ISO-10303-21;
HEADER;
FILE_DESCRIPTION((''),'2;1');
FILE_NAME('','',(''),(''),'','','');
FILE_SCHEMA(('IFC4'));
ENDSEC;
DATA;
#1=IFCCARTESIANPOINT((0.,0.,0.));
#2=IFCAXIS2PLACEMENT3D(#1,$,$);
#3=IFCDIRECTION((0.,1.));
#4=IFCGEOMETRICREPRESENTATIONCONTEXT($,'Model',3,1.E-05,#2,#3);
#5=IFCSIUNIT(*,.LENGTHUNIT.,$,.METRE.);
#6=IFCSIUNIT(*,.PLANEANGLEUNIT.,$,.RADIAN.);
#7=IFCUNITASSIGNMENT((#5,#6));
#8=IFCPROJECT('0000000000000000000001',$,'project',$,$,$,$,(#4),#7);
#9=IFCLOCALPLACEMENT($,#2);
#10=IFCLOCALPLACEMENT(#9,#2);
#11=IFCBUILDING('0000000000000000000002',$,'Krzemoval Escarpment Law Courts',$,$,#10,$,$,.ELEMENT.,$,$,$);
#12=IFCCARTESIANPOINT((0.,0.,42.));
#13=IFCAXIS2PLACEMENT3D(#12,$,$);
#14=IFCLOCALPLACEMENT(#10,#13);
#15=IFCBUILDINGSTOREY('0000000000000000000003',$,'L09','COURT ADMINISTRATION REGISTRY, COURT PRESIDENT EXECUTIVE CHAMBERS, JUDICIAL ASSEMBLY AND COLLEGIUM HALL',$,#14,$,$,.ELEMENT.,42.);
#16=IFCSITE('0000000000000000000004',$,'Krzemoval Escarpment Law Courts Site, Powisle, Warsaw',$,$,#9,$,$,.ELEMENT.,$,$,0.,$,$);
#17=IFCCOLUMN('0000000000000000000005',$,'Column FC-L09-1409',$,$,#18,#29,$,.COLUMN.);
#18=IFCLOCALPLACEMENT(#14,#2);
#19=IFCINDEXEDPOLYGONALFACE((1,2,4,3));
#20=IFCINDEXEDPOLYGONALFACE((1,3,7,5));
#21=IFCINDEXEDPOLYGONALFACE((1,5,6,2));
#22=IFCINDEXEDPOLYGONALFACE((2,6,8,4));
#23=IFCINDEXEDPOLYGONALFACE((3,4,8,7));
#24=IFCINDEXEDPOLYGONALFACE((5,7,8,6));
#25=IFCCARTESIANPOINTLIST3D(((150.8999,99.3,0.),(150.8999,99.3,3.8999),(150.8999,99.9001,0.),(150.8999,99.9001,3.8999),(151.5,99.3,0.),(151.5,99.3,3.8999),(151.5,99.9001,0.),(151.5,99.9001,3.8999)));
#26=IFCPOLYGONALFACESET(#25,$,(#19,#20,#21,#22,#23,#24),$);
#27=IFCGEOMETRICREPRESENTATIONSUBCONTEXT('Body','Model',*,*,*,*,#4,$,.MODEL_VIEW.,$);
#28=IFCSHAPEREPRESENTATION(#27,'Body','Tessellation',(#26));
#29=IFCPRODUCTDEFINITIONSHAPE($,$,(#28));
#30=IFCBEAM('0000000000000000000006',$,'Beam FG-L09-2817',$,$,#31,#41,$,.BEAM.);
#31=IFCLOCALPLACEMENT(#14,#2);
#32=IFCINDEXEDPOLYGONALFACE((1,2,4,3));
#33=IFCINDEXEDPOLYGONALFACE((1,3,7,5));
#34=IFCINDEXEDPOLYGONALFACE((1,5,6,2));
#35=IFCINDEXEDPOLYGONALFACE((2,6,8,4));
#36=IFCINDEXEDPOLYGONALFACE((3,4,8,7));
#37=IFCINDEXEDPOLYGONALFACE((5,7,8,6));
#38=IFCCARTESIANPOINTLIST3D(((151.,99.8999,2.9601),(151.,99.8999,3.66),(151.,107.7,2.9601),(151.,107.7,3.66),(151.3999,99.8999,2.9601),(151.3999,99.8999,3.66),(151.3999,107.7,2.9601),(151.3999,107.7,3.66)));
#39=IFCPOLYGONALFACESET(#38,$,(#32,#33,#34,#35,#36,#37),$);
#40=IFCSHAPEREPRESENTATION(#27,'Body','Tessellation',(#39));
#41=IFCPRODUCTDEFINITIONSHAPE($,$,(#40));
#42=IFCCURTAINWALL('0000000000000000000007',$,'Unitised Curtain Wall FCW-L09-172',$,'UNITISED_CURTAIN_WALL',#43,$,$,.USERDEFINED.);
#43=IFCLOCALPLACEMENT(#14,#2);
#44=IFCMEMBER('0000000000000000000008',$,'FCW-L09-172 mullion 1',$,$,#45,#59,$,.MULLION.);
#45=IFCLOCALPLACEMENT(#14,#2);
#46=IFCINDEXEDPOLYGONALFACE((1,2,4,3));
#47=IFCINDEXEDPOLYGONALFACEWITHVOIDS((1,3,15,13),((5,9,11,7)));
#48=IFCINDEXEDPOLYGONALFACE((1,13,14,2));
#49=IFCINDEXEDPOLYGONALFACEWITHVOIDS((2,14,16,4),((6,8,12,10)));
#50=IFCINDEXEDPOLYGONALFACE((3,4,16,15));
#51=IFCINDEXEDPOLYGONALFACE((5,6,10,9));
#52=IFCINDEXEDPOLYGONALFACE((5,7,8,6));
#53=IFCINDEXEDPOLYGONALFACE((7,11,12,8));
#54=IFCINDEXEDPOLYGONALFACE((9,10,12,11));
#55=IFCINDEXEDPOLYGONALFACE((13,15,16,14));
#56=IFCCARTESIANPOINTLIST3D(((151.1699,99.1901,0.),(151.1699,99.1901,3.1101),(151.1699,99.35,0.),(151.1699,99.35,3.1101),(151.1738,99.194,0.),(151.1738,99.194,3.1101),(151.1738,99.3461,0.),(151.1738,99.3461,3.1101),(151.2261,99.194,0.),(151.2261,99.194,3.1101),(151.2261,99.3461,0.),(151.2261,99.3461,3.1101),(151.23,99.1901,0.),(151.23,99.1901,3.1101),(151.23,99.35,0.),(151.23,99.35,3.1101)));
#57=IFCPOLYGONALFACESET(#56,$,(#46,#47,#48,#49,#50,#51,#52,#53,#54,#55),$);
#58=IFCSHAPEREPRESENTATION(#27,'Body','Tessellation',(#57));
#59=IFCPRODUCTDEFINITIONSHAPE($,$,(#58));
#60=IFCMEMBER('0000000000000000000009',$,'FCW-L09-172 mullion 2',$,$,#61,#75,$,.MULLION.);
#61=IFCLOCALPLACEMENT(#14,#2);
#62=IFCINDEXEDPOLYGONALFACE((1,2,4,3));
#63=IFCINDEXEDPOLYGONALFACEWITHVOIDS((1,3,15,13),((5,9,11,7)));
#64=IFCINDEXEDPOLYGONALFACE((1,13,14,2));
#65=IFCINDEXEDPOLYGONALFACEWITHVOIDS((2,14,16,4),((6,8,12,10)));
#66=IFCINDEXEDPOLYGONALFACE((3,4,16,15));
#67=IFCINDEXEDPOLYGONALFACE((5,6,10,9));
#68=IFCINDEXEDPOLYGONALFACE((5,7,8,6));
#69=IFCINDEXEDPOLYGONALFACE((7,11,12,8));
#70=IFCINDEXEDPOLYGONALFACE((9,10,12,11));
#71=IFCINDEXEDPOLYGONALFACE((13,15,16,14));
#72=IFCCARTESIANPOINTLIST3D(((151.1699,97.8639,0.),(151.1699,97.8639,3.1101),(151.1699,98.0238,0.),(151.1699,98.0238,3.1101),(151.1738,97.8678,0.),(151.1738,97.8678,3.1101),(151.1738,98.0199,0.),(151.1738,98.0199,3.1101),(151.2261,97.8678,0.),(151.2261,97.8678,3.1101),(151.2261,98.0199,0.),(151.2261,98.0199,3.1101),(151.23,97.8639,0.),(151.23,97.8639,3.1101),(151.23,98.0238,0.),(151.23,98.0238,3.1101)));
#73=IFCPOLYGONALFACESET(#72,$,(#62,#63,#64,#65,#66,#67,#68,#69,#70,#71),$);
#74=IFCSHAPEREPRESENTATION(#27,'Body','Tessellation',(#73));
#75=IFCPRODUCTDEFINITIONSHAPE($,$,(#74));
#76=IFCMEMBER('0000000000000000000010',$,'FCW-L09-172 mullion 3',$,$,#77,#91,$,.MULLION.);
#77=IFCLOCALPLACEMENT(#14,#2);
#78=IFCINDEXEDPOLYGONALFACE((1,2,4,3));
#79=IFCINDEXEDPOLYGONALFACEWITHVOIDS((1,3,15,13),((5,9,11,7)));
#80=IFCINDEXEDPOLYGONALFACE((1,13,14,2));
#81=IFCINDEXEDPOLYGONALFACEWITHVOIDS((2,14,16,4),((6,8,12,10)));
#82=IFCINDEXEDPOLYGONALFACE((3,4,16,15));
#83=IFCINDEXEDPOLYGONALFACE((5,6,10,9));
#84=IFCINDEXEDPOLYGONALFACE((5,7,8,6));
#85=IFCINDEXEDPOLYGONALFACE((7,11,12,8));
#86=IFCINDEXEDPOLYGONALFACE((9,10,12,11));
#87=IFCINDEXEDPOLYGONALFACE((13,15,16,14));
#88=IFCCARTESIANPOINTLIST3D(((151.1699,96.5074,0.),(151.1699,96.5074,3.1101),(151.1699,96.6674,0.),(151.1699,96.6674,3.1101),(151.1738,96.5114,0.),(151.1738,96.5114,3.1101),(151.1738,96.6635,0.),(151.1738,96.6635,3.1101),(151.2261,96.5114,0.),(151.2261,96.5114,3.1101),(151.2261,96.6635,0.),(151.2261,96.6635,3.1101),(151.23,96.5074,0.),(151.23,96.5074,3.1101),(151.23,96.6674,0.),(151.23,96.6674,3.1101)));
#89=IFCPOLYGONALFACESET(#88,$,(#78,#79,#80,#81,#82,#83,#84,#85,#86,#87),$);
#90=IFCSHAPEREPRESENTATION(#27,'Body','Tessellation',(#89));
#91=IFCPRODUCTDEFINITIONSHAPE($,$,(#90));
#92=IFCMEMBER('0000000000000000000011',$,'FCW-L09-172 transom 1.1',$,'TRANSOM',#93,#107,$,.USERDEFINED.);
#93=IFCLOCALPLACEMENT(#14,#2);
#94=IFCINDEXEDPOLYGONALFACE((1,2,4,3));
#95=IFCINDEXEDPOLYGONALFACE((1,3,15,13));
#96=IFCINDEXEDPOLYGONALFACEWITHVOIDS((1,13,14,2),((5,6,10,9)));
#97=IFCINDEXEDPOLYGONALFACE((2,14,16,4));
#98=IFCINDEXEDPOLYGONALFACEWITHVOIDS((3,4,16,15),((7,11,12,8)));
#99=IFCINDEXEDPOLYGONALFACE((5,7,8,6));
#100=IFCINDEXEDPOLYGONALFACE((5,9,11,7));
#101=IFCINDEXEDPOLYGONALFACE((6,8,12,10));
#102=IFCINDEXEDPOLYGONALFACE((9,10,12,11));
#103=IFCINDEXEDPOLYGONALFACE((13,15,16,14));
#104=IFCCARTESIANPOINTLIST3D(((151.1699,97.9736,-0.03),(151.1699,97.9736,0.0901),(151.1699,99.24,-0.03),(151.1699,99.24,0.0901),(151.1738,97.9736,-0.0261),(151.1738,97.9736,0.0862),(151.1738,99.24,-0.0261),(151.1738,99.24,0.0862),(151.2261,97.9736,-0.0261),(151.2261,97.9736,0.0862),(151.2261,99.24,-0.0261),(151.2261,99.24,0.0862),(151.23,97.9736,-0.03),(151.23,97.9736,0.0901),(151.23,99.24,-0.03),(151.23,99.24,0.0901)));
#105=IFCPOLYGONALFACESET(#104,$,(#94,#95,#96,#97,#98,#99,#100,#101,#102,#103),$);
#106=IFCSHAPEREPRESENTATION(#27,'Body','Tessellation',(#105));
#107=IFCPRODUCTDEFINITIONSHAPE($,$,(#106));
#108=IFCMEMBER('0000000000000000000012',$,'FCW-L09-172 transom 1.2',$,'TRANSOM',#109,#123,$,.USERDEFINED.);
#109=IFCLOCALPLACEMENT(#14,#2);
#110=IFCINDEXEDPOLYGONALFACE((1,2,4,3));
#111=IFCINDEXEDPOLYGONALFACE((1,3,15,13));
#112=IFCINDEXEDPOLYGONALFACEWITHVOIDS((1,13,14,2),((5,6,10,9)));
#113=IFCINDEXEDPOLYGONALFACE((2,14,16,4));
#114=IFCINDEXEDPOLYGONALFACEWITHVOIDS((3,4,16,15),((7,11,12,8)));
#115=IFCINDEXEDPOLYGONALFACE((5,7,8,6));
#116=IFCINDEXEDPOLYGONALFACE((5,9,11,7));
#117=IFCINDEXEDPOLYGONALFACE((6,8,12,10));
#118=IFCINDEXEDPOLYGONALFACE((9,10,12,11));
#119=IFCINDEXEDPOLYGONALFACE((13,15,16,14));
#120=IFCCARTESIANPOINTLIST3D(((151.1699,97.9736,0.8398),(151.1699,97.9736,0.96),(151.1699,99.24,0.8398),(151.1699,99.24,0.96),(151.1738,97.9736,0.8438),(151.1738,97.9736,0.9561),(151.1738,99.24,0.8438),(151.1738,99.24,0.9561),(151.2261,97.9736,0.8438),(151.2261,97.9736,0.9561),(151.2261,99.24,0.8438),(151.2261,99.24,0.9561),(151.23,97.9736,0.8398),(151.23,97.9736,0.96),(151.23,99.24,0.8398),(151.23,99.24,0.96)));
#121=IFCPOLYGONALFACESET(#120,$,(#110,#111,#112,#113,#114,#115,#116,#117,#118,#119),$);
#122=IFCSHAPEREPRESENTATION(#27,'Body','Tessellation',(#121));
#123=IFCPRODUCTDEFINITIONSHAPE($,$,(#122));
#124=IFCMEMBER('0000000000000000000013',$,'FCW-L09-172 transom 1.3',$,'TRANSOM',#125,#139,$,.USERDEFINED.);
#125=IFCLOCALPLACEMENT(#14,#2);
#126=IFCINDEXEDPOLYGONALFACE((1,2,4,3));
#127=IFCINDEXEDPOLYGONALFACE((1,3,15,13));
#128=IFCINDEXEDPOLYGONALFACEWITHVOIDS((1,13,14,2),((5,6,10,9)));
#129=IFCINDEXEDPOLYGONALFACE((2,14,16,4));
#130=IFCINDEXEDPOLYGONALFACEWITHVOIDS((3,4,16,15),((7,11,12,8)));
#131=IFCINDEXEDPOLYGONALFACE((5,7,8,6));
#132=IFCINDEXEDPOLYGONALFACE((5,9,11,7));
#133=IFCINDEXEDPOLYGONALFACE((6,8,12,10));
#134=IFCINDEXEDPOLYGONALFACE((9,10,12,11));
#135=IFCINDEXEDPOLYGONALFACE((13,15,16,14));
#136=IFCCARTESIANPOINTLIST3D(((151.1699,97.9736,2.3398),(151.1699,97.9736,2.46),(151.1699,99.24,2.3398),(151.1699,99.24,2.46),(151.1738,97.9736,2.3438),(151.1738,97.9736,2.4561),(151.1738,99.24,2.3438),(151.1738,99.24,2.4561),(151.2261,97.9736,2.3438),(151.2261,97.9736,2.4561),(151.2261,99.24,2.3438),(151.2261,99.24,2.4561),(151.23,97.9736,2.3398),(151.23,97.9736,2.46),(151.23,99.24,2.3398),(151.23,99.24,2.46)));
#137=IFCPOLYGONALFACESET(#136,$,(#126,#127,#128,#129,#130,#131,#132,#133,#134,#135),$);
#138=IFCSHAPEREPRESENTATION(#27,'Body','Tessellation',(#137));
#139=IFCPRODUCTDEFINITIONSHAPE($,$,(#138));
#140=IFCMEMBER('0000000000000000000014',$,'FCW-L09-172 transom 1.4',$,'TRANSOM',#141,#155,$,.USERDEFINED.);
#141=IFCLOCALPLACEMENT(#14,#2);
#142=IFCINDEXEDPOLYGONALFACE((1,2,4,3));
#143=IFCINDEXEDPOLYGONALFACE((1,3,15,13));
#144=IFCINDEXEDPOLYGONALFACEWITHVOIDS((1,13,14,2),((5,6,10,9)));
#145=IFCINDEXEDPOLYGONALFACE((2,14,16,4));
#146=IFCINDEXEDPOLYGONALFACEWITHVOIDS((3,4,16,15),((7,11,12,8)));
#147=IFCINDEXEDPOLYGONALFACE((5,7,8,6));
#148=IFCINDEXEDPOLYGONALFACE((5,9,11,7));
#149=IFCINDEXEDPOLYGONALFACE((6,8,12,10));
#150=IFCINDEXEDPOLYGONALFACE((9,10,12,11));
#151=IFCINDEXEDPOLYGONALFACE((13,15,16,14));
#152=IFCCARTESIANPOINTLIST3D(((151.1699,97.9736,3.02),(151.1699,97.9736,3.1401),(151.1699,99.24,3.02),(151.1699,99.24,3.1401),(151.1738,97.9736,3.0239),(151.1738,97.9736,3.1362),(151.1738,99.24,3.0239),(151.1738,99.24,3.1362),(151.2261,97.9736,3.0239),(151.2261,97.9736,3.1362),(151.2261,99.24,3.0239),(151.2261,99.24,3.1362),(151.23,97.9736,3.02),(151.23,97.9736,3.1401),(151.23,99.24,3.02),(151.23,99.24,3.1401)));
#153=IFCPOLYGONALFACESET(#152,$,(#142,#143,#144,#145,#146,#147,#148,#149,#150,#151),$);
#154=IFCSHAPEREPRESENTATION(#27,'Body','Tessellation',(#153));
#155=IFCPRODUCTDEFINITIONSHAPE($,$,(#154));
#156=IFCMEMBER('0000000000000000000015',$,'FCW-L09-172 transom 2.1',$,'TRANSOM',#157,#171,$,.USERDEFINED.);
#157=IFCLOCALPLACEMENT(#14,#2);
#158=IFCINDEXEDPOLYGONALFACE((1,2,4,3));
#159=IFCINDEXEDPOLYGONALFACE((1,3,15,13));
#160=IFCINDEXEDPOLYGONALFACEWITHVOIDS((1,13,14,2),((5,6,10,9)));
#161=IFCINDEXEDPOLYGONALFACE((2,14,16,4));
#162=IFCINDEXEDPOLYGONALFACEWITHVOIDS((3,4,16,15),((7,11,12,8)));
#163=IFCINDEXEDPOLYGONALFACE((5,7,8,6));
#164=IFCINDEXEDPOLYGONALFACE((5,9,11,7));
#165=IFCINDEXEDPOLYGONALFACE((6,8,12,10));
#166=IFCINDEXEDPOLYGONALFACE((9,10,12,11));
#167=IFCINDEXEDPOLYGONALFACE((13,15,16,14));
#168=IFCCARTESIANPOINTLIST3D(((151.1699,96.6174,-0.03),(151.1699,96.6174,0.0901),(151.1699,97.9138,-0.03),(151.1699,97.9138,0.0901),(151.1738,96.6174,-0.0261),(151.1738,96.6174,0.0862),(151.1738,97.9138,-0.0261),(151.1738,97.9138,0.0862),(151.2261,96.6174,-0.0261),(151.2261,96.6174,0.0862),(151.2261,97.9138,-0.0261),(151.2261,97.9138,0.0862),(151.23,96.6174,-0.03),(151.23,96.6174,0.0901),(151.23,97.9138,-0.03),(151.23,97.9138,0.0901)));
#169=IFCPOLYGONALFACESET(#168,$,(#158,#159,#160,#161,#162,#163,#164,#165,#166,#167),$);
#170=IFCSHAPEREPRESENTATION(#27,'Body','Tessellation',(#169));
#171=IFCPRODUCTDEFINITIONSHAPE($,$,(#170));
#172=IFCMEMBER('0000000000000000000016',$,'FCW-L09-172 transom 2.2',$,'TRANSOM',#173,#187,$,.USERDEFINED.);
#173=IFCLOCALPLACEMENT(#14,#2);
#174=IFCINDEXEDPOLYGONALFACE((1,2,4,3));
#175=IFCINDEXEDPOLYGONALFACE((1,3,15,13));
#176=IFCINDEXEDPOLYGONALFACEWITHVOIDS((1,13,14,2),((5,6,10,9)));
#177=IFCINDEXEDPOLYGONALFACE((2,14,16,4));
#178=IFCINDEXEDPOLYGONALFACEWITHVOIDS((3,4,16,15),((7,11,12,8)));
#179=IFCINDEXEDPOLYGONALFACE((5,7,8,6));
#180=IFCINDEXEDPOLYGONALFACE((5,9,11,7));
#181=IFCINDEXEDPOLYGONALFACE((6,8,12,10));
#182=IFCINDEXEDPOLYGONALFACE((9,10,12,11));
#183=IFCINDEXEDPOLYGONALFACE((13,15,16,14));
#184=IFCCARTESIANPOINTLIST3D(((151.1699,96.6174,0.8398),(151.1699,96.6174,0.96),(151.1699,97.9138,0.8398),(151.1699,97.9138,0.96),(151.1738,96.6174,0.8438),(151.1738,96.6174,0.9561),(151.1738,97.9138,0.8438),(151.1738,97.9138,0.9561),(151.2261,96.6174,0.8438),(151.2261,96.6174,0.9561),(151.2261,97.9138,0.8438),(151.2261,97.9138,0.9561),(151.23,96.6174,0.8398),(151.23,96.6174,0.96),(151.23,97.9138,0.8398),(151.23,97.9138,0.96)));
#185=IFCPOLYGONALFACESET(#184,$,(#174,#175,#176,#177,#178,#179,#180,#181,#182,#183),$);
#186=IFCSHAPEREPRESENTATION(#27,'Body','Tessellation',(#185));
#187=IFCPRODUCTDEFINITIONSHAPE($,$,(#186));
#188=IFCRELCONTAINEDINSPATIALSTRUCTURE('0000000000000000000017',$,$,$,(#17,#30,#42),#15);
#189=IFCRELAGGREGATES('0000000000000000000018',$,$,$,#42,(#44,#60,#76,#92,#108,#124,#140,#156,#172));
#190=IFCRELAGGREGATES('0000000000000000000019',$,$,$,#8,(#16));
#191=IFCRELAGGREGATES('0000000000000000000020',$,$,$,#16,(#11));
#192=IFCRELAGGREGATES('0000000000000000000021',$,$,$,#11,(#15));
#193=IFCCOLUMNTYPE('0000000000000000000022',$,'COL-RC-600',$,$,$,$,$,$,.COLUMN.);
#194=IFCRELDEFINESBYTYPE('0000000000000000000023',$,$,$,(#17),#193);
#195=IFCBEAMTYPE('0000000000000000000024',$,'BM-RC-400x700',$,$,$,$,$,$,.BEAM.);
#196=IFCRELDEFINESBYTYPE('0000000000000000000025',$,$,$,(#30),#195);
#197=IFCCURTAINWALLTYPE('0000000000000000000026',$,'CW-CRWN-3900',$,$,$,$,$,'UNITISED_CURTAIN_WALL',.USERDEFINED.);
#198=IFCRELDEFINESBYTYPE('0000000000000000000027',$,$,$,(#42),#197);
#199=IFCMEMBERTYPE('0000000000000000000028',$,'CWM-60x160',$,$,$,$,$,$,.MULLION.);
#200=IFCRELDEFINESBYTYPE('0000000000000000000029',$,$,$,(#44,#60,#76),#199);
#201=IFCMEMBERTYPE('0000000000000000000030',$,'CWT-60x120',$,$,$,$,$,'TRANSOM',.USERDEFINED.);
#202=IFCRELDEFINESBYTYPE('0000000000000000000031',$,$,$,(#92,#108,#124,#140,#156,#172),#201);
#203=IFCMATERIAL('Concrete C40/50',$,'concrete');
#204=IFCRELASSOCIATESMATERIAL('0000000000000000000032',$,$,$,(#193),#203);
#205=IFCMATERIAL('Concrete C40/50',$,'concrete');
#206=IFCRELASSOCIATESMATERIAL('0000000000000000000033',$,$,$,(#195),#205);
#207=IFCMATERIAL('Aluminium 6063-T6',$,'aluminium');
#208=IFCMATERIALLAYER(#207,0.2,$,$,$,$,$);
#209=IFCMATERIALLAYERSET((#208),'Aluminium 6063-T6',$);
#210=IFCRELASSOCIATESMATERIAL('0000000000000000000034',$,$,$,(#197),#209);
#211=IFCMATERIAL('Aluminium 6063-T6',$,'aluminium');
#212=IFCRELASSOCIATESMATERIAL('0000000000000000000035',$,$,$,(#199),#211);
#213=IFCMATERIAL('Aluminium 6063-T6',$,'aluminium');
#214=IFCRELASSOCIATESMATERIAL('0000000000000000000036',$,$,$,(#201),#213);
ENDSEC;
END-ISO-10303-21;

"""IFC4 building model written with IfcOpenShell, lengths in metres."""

from ifc_helpers import new_model, si_unit, direction, frame, origin, origin_2d, place, context, subcontext, project, spatial, rectangle, hollow_rectangle, extrude, material, layer, layer_set, material_profile, profile_set, type_object, element, aggregate, save


model = new_model("IFC4")

# Units and contexts
model_context = context("Model", 3, precision=1e-05, world=origin(), true_north=direction((0.0, 1.0)))
body_context = subcontext(model_context, "Body", "Model", "MODEL_VIEW")
ifc_project = project(units=[si_unit("LENGTHUNIT", "METRE"), si_unit("PLANEANGLEUNIT", "RADIAN")], contexts=[model_context])

# Site, building, storey
site_placement = place(None, origin())
site = spatial("IfcSite", under=ifc_project, at=site_placement, Name="Krzemoval Escarpment Law Courts Site, Powisle, Warsaw", CompositionType="ELEMENT", RefElevation=0.0)
building_placement = place(site_placement, origin())
building = spatial("IfcBuilding", under=site, at=building_placement, Name="Krzemoval Escarpment Law Courts", CompositionType="ELEMENT")
storey_placement = place(building_placement, frame((0.0, 0.0, 42.0)))
storey = spatial("IfcBuildingStorey", under=building, at=storey_placement, Name="L09", Description="COURT ADMINISTRATION REGISTRY, COURT PRESIDENT EXECUTIVE CHAMBERS, JUDICIAL ASSEMBLY AND COLLEGIUM HALL", CompositionType="ELEMENT", Elevation=42.0)

# Column
ifc_material_1 = material(Name="Concrete C40/50", Category="concrete")
ifc_material_profile_1 = material_profile(ifc_material_1, rectangle(XDim=0.6001, YDim=0.6001, at=origin_2d()), Name="RC 600x600")
ifc_profile_set_1 = profile_set([ifc_material_profile_1], Name="Concrete C40/50")
column_type = type_object("IfcColumnType", Name="COL-RC-600", PredefinedType="COLUMN", material=ifc_profile_set_1)
column_placement = place(storey_placement, frame((151.2, 99.6001, 0.0), z_axis=(0.0, 0.0, 1.0), x_axis=(1.0, 0.0, 0.0)))
element("IfcColumn", 1, at=column_placement, inside=storey, type_object=column_type, Name="Column FC-L09-1409", PredefinedType="COLUMN", context=body_context, shape_type="SweptSolid", body=[
    extrude(rectangle(XDim=0.6001, YDim=0.6001, at=origin_2d()), origin(), (0.0, 0.0, 1.0), 3.8999),
])

# Beam
ifc_material_2 = material(Name="Concrete C40/50", Category="concrete")
ifc_material_profile_2 = material_profile(ifc_material_2, rectangle(XDim=0.3999, YDim=0.7, at=origin_2d()), Name="RCB 400x700")
ifc_profile_set_2 = profile_set([ifc_material_profile_2], Name="Concrete C40/50")
beam_type = type_object("IfcBeamType", Name="BM-RC-400x700", PredefinedType="BEAM", material=ifc_profile_set_2)
beam_placement = place(storey_placement, frame((151.2, 99.8999, 3.3101), z_axis=(0.0, 1.0, 0.0), x_axis=(-1.0, 0.0, 0.0)))
element("IfcBeam", 2, at=beam_placement, inside=storey, type_object=beam_type, Name="Beam FG-L09-2817", PredefinedType="BEAM", context=body_context, shape_type="SweptSolid", body=[
    extrude(rectangle(XDim=0.3999, YDim=0.7, at=origin_2d()), origin(), (0.0, 0.0, 1.0), 7.8),
])

# Curtain wall, members
ifc_material_3 = material(Name="Aluminium 6063-T6", Category="aluminium")
ifc_layer_1 = layer(ifc_material_3, 0.2)
ifc_layer_set_1 = layer_set([ifc_layer_1], Name="Aluminium 6063-T6")
curtain_wall_type = type_object("IfcCurtainWallType", Name="CW-CRWN-3900", ElementType="UNITISED_CURTAIN_WALL", PredefinedType="USERDEFINED", material=ifc_layer_set_1)
curtain_wall_placement = place(storey_placement, origin())
curtain_wall = element("IfcCurtainWall", 3, at=curtain_wall_placement, inside=storey, type_object=curtain_wall_type, Name="Unitised Curtain Wall FCW-L09-172", ObjectType="UNITISED_CURTAIN_WALL", PredefinedType="USERDEFINED")
ifc_material_4 = material(Name="Aluminium 6063-T6", Category="aluminium")
ifc_material_profile_3 = material_profile(ifc_material_4, hollow_rectangle(XDim=0.0601, YDim=0.1599, WallThickness=0.0039, at=origin_2d()), Name="ALU M60x160")
ifc_profile_set_3 = profile_set([ifc_material_profile_3], Name="Aluminium 6063-T6")
member_type_1 = type_object("IfcMemberType", Name="CWM-60x160", PredefinedType="MULLION", material=ifc_profile_set_3)
member_1_placement = place(storey_placement, frame((151.2, 99.27, 0.0), z_axis=(0.0, 0.0, 1.0), x_axis=(1.0, 0.0, 0.0)))
member_1 = element("IfcMember", 4, at=member_1_placement, type_object=member_type_1, Name="FCW-L09-172 mullion 1", PredefinedType="MULLION", context=body_context, shape_type="SweptSolid", body=[
    extrude(hollow_rectangle(XDim=0.0601, YDim=0.1599, WallThickness=0.0039, at=origin_2d()), origin(), (0.0, 0.0, 1.0), 3.1101),
])
member_2_placement = place(storey_placement, frame((151.2, 97.9438, 0.0), z_axis=(0.0, 0.0, 1.0), x_axis=(1.0, 0.0, 0.0)))
member_2 = element("IfcMember", 5, at=member_2_placement, type_object=member_type_1, Name="FCW-L09-172 mullion 2", PredefinedType="MULLION", context=body_context, shape_type="SweptSolid", body=[
    extrude(hollow_rectangle(XDim=0.0601, YDim=0.1599, WallThickness=0.0039, at=origin_2d()), origin(), (0.0, 0.0, 1.0), 3.1101),
])
member_3_placement = place(storey_placement, frame((151.2, 96.5874, 0.0), z_axis=(0.0, 0.0, 1.0), x_axis=(1.0, 0.0, 0.0)))
member_3 = element("IfcMember", 6, at=member_3_placement, type_object=member_type_1, Name="FCW-L09-172 mullion 3", PredefinedType="MULLION", context=body_context, shape_type="SweptSolid", body=[
    extrude(hollow_rectangle(XDim=0.0601, YDim=0.1599, WallThickness=0.0039, at=origin_2d()), origin(), (0.0, 0.0, 1.0), 3.1101),
])
ifc_material_5 = material(Name="Aluminium 6063-T6", Category="aluminium")
ifc_material_profile_4 = material_profile(ifc_material_5, hollow_rectangle(XDim=0.0601, YDim=0.1201, WallThickness=0.0039, at=origin_2d()), Name="ALU T60x120")
ifc_profile_set_4 = profile_set([ifc_material_profile_4], Name="Aluminium 6063-T6")
member_type_2 = type_object("IfcMemberType", Name="CWT-60x120", ElementType="TRANSOM", PredefinedType="USERDEFINED", material=ifc_profile_set_4)
member_4_placement = place(storey_placement, frame((151.2, 99.24, 0.03), z_axis=(0.0, -1.0, 0.0), x_axis=(1.0, 0.0, 0.0)))
member_4 = element("IfcMember", 7, at=member_4_placement, type_object=member_type_2, Name="FCW-L09-172 transom 1.1", ObjectType="TRANSOM", PredefinedType="USERDEFINED", context=body_context, shape_type="SweptSolid", body=[
    extrude(hollow_rectangle(XDim=0.0601, YDim=0.1201, WallThickness=0.0039, at=origin_2d()), origin(), (0.0, 0.0, 1.0), 1.2664),
])
member_5_placement = place(storey_placement, frame((151.2, 99.24, 0.8999), z_axis=(0.0, -1.0, 0.0), x_axis=(1.0, 0.0, 0.0)))
member_5 = element("IfcMember", 8, at=member_5_placement, type_object=member_type_2, Name="FCW-L09-172 transom 1.2", ObjectType="TRANSOM", PredefinedType="USERDEFINED", context=body_context, shape_type="SweptSolid", body=[
    extrude(hollow_rectangle(XDim=0.0601, YDim=0.1201, WallThickness=0.0039, at=origin_2d()), origin(), (0.0, 0.0, 1.0), 1.2664),
])
member_6_placement = place(storey_placement, frame((151.2, 99.24, 2.3999), z_axis=(0.0, -1.0, 0.0), x_axis=(1.0, 0.0, 0.0)))
member_6 = element("IfcMember", 9, at=member_6_placement, type_object=member_type_2, Name="FCW-L09-172 transom 1.3", ObjectType="TRANSOM", PredefinedType="USERDEFINED", context=body_context, shape_type="SweptSolid", body=[
    extrude(hollow_rectangle(XDim=0.0601, YDim=0.1201, WallThickness=0.0039, at=origin_2d()), origin(), (0.0, 0.0, 1.0), 1.2664),
])
member_7_placement = place(storey_placement, frame((151.2, 99.24, 3.0801), z_axis=(0.0, -1.0, 0.0), x_axis=(1.0, 0.0, 0.0)))
member_7 = element("IfcMember", 10, at=member_7_placement, type_object=member_type_2, Name="FCW-L09-172 transom 1.4", ObjectType="TRANSOM", PredefinedType="USERDEFINED", context=body_context, shape_type="SweptSolid", body=[
    extrude(hollow_rectangle(XDim=0.0601, YDim=0.1201, WallThickness=0.0039, at=origin_2d()), origin(), (0.0, 0.0, 1.0), 1.2664),
])
member_8_placement = place(storey_placement, frame((151.2, 97.9138, 0.03), z_axis=(0.0, -1.0, 0.0), x_axis=(1.0, 0.0, 0.0)))
member_8 = element("IfcMember", 11, at=member_8_placement, type_object=member_type_2, Name="FCW-L09-172 transom 2.1", ObjectType="TRANSOM", PredefinedType="USERDEFINED", context=body_context, shape_type="SweptSolid", body=[
    extrude(hollow_rectangle(XDim=0.0601, YDim=0.1201, WallThickness=0.0039, at=origin_2d()), origin(), (0.0, 0.0, 1.0), 1.2964),
])
member_9_placement = place(storey_placement, frame((151.2, 97.9138, 0.8999), z_axis=(0.0, -1.0, 0.0), x_axis=(1.0, 0.0, 0.0)))
member_9 = element("IfcMember", 12, at=member_9_placement, type_object=member_type_2, Name="FCW-L09-172 transom 2.2", ObjectType="TRANSOM", PredefinedType="USERDEFINED", context=body_context, shape_type="SweptSolid", body=[
    extrude(hollow_rectangle(XDim=0.0601, YDim=0.1201, WallThickness=0.0039, at=origin_2d()), origin(), (0.0, 0.0, 1.0), 1.2964),
])
aggregate(curtain_wall, [member_1, member_2, member_3, member_4, member_5, member_6, member_7, member_8, member_9])

save(model, "model.ifc")
